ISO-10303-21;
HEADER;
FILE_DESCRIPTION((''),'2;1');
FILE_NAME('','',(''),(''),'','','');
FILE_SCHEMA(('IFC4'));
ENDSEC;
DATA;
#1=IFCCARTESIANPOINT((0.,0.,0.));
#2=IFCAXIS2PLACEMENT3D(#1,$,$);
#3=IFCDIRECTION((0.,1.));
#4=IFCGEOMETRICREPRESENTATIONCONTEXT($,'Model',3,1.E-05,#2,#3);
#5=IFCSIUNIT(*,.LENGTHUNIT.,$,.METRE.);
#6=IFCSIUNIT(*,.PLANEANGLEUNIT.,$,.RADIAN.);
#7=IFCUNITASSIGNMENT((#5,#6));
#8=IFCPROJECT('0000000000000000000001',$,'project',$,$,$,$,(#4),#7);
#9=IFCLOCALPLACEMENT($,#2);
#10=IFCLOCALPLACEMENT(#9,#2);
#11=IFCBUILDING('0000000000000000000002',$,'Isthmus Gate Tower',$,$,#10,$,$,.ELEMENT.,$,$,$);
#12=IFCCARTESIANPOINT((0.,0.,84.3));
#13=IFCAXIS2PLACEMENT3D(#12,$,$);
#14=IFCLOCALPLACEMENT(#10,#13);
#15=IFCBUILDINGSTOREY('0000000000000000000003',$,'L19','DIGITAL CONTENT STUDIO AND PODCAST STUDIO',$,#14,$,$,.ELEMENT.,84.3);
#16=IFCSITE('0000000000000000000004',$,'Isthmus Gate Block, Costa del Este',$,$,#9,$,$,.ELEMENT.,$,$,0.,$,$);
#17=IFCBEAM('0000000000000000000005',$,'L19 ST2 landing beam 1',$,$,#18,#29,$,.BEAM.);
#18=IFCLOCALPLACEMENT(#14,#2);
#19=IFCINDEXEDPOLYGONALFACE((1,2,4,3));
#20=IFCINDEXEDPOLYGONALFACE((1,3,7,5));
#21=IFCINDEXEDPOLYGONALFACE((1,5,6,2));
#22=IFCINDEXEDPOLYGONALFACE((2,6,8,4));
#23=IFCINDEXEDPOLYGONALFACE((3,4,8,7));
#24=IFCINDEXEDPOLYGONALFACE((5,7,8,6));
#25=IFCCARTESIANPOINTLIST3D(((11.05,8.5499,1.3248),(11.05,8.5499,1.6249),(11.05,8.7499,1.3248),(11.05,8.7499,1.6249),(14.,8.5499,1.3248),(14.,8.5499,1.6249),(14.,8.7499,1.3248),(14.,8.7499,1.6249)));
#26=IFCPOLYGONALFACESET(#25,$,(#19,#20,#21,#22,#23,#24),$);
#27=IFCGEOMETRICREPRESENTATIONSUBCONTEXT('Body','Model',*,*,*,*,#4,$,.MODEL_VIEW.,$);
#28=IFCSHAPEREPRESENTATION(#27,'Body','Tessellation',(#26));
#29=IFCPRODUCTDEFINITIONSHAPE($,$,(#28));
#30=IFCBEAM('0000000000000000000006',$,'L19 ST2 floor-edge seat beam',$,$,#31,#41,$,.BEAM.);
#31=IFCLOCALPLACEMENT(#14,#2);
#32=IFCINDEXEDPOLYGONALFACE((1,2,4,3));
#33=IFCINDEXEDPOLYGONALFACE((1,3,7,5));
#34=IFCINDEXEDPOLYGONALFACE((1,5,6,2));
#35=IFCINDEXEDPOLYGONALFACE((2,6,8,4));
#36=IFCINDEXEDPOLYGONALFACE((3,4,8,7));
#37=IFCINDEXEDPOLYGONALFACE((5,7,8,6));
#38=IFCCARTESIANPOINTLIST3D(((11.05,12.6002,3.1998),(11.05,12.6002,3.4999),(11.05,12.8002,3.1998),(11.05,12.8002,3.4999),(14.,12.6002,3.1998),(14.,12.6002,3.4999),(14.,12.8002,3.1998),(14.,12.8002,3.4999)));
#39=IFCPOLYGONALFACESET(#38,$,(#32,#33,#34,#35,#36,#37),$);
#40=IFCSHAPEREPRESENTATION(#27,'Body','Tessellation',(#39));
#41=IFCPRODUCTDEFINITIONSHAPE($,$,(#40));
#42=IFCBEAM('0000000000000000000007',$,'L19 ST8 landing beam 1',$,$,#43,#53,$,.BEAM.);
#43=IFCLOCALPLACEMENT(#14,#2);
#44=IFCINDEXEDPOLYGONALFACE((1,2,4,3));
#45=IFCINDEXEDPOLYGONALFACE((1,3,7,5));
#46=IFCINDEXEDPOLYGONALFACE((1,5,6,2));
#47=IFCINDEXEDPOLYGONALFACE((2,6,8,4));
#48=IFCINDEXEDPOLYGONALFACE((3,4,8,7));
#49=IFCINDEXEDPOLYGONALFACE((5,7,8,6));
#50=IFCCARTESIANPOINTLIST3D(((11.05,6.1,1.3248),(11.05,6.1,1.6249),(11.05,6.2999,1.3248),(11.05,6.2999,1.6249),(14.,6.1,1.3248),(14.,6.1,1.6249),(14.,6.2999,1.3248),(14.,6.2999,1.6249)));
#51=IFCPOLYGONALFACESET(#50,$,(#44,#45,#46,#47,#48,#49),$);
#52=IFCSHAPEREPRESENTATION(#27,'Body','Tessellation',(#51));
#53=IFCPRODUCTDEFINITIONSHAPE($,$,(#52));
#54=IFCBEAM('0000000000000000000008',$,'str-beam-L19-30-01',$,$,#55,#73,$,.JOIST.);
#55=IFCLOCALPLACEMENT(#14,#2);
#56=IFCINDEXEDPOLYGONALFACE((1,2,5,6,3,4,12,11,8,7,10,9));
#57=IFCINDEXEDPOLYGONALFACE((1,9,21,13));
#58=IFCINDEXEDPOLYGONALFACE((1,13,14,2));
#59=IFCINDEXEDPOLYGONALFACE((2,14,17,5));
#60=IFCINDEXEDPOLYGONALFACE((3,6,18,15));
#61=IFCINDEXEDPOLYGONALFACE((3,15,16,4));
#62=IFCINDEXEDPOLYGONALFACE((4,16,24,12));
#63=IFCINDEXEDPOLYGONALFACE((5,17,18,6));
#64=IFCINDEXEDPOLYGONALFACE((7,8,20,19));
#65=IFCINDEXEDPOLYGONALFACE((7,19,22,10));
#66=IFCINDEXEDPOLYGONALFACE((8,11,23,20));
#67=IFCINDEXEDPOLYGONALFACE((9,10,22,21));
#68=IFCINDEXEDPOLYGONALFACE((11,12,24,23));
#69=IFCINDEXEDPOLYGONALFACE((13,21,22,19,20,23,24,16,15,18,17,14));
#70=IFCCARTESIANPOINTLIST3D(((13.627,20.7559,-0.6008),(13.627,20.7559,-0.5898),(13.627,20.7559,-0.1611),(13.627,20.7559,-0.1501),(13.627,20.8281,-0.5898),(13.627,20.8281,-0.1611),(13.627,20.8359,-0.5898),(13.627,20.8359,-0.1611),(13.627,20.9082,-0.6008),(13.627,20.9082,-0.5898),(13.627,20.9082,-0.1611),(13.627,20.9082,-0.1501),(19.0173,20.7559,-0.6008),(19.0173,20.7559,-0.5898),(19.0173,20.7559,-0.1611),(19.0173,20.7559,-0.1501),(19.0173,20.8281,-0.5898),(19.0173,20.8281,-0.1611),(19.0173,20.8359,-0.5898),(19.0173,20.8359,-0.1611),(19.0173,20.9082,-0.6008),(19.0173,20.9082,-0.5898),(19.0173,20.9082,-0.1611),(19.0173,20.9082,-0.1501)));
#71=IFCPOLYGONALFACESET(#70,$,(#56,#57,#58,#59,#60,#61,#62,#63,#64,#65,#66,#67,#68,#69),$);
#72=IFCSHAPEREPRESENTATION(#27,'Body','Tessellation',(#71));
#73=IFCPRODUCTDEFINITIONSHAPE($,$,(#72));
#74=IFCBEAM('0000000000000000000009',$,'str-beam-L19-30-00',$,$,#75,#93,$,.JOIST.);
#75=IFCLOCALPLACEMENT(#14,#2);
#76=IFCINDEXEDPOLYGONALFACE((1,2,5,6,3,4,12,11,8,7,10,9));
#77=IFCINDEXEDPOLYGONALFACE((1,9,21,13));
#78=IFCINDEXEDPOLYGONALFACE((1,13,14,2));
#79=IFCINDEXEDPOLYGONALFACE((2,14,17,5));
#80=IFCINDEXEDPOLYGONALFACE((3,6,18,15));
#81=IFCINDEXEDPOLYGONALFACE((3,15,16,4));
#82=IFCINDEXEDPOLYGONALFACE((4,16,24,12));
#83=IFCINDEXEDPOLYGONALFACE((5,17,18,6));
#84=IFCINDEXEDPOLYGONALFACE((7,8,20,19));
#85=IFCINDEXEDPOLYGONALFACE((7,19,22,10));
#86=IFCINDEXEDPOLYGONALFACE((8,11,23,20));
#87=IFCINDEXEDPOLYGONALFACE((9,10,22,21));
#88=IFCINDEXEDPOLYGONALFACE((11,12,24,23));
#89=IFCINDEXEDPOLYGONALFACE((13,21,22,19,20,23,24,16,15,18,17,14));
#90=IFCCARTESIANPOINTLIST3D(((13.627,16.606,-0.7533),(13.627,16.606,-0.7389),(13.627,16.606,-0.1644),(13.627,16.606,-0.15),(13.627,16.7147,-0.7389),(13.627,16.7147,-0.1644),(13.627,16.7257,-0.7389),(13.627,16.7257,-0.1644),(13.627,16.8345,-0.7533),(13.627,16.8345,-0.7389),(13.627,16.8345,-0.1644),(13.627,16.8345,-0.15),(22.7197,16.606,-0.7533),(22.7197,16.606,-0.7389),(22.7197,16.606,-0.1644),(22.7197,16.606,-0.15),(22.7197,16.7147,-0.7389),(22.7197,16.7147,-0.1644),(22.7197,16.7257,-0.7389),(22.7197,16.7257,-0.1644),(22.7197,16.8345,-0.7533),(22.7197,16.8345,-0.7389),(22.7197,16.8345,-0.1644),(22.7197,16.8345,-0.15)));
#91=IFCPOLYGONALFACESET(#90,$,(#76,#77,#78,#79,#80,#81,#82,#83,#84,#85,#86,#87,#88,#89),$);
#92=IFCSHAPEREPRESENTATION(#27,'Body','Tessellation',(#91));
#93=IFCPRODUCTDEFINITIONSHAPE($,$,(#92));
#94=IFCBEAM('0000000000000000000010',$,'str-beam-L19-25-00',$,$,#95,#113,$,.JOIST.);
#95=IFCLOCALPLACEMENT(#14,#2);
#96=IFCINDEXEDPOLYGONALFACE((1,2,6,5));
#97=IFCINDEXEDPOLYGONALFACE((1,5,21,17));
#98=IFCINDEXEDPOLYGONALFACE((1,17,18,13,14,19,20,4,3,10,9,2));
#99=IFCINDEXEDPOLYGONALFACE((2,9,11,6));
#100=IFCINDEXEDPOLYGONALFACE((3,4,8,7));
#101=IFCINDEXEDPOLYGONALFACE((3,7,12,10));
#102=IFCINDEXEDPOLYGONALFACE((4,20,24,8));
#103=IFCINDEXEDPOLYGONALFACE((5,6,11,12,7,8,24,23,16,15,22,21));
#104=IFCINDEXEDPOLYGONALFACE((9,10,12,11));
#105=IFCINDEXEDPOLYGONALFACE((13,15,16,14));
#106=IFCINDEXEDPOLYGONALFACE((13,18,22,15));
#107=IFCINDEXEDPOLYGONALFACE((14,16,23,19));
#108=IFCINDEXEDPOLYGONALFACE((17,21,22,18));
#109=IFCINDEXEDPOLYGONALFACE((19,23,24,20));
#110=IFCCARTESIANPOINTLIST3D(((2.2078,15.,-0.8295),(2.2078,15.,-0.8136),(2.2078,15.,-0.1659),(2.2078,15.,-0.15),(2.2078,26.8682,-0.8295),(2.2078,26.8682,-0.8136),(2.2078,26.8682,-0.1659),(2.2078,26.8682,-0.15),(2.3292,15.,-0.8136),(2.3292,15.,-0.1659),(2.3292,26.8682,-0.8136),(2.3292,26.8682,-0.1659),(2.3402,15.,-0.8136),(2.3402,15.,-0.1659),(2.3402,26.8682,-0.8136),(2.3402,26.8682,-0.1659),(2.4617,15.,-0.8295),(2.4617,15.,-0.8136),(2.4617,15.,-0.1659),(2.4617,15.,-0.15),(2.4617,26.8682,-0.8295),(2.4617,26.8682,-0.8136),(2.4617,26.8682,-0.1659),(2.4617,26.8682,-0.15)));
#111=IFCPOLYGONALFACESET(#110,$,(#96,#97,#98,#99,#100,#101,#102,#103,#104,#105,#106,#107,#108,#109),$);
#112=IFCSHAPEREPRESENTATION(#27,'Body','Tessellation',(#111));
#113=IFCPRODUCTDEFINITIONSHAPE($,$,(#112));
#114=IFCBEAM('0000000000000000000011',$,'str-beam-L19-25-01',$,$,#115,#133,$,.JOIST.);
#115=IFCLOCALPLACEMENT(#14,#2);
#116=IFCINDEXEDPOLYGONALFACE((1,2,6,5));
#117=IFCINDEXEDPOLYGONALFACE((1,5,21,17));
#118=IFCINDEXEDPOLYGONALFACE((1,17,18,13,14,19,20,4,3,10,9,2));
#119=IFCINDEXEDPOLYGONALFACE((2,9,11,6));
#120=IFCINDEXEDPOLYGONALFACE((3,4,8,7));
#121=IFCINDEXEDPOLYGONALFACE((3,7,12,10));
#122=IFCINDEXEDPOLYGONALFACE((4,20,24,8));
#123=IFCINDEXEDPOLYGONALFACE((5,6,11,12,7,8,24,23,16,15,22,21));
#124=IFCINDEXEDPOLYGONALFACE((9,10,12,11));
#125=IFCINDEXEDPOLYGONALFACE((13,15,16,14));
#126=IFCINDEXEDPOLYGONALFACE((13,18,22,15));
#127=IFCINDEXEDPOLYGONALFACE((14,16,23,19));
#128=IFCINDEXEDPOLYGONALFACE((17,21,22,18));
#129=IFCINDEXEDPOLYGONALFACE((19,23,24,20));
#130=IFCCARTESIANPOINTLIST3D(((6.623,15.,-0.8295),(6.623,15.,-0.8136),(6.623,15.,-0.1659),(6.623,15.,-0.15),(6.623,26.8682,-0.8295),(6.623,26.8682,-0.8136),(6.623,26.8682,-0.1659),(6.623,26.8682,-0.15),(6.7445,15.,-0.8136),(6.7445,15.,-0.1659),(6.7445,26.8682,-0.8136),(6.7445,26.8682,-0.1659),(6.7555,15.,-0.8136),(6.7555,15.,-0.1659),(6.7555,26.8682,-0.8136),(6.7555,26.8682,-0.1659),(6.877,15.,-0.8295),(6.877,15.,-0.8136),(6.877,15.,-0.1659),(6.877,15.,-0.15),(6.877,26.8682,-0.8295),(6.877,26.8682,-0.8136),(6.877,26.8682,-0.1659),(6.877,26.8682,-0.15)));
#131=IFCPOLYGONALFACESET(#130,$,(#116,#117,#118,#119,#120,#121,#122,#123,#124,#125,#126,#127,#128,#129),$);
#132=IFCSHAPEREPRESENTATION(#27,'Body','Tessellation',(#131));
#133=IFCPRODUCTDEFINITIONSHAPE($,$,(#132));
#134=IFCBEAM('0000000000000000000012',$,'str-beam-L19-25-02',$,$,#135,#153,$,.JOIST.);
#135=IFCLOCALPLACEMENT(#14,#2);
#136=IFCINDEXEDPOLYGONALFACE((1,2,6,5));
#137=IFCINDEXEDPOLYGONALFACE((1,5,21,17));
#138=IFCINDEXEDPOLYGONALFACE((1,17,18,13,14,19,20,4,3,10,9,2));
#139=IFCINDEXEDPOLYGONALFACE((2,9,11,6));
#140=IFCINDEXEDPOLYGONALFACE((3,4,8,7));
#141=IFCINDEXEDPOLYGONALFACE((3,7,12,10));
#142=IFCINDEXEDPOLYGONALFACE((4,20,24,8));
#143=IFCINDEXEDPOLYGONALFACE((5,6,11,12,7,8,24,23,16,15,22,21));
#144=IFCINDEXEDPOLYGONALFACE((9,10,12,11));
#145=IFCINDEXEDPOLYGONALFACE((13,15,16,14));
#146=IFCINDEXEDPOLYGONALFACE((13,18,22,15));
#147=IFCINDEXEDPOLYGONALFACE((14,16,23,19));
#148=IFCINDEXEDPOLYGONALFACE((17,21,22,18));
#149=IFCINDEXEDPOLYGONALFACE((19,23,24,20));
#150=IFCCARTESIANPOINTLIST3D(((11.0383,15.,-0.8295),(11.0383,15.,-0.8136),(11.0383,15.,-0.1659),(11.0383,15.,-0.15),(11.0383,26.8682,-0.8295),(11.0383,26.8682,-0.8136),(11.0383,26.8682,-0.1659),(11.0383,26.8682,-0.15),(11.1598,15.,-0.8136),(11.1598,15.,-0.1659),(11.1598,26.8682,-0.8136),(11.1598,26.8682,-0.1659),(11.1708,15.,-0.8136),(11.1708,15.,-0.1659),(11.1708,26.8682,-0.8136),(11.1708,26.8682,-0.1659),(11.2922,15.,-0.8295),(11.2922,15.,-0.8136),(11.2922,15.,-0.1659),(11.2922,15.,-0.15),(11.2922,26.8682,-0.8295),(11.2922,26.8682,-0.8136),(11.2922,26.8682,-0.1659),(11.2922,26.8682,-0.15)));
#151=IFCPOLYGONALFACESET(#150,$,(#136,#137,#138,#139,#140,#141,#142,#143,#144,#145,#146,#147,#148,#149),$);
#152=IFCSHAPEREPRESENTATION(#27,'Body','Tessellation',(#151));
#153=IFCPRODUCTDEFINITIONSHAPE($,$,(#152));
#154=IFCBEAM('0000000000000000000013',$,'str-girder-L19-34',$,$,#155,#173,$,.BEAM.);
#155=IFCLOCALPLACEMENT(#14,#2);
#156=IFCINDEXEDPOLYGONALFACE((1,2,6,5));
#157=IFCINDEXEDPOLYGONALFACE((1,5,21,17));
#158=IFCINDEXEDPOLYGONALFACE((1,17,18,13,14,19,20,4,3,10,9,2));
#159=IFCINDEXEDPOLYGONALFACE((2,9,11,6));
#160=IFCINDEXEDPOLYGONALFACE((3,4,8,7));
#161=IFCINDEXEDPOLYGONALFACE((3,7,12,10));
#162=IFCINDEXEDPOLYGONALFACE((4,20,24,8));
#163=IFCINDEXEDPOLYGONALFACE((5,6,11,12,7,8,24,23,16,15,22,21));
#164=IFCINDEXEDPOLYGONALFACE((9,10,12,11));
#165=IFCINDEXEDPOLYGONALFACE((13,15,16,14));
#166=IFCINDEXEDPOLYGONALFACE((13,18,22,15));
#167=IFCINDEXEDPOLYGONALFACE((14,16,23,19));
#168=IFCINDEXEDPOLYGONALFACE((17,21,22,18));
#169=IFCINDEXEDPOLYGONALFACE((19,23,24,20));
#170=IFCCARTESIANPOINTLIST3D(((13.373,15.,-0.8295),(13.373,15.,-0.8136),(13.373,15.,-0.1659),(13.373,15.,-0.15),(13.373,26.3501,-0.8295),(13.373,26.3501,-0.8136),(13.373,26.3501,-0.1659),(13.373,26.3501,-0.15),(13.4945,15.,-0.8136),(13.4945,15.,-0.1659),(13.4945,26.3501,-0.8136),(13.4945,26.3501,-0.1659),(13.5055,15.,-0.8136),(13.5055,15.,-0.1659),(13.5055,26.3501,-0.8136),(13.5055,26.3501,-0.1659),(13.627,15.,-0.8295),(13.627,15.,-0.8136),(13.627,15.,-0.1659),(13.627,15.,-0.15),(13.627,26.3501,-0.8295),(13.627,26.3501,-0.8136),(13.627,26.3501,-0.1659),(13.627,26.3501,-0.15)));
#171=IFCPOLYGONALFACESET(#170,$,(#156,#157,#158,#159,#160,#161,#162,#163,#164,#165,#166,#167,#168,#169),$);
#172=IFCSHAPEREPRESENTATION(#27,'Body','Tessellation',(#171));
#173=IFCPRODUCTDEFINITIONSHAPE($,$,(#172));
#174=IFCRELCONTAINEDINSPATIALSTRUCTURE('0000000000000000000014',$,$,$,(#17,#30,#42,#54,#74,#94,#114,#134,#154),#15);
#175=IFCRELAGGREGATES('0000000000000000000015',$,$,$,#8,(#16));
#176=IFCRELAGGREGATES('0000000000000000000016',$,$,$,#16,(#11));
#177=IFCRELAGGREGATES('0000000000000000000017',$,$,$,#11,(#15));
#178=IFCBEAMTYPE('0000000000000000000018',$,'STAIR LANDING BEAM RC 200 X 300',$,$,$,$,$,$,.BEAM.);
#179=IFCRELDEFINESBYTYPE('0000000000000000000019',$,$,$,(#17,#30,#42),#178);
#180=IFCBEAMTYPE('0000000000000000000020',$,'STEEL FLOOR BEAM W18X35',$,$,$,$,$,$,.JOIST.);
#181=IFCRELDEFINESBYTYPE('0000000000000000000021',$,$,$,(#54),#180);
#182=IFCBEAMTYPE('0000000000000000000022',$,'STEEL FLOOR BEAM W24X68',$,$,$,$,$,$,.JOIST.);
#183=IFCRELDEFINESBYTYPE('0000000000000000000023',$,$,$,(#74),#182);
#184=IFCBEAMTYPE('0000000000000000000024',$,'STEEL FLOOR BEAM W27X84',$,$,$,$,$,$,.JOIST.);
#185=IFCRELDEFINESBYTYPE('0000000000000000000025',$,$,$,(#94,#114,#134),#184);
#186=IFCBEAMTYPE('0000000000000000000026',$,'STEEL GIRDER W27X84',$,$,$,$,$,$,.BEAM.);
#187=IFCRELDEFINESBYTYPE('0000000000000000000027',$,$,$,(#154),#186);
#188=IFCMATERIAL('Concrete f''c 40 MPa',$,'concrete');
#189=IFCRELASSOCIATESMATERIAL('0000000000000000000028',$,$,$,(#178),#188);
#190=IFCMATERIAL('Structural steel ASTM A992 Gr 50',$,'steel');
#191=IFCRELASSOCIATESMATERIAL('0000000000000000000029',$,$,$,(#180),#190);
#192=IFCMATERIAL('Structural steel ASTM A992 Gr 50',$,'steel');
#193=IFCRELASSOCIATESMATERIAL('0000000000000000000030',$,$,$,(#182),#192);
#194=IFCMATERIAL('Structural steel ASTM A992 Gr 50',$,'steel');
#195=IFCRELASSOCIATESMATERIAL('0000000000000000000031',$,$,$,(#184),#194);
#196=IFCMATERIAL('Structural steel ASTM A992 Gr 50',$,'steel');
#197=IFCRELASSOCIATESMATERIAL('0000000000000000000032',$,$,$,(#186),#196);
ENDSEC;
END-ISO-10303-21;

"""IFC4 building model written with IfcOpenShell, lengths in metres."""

from ifc_helpers import new_model, si_unit, direction, frame, origin, origin_2d, place, context, subcontext, project, spatial, rectangle, i_section, extrude, material, material_profile, profile_set, type_object, element, save


model = new_model("IFC4")

# Units and contexts
model_context = context("Model", 3, precision=1e-05, world=origin(), true_north=direction((0.0, 1.0)))
body_context = subcontext(model_context, "Body", "Model", "MODEL_VIEW")
ifc_project = project(units=[si_unit("LENGTHUNIT", "METRE"), si_unit("PLANEANGLEUNIT", "RADIAN")], contexts=[model_context])

# Site, building, storey
site_placement = place(None, origin())
site = spatial("IfcSite", under=ifc_project, at=site_placement, Name="Isthmus Gate Block, Costa del Este", CompositionType="ELEMENT", RefElevation=0.0)
building_placement = place(site_placement, origin())
building = spatial("IfcBuilding", under=site, at=building_placement, Name="Isthmus Gate Tower", CompositionType="ELEMENT")
storey_placement = place(building_placement, frame((0.0, 0.0, 84.3)))
storey = spatial("IfcBuildingStorey", under=building, at=storey_placement, Name="L19", Description="DIGITAL CONTENT STUDIO AND PODCAST STUDIO", CompositionType="ELEMENT", Elevation=84.3)

# Beams
ifc_material_1 = material(Name="Concrete f'c 40 MPa", Category="concrete")
ifc_material_profile_1 = material_profile(ifc_material_1, rectangle(XDim=0.2, YDim=0.3, at=origin_2d()), Name="STAIR LANDING BEAM RC 200 X 300")
ifc_profile_set_1 = profile_set([ifc_material_profile_1], Name="Concrete f'c 40 MPa")
beam_type_1 = type_object("IfcBeamType", Name="STAIR LANDING BEAM RC 200 X 300", PredefinedType="BEAM", material=ifc_profile_set_1)
for number, where, z_axis, x_axis, name in (
    (1, (11.05, 8.6499, 1.4749), (1.0, 0.0, 0.0), (0.0, 1.0, 0.0), "L19 ST2 landing beam 1"),
    (2, (11.05, 12.7002, 3.3499), (1.0, 0.0, 0.0), (0.0, 1.0, 0.0), "L19 ST2 floor-edge seat beam"),
    (3, (11.05, 6.2, 1.4749), (1.0, 0.0, 0.0), (0.0, 1.0, 0.0), "L19 ST8 landing beam 1"),
):
    element("IfcBeam", number, at=place(storey_placement, frame(where, z_axis=z_axis, x_axis=x_axis)), inside=storey, type_object=beam_type_1, Name=name, PredefinedType="BEAM", context=body_context, shape_type="SweptSolid", body=[
        extrude(rectangle(XDim=0.2, YDim=0.3, at=origin_2d()), origin(), (0.0, 0.0, 1.0), 2.95),
    ])
ifc_material_2 = material(Name="Structural steel ASTM A992 Gr 50", Category="steel")
ifc_material_profile_2 = material_profile(ifc_material_2, i_section(OverallWidth=0.1523, OverallDepth=0.4507, WebThickness=0.0078, FlangeThickness=0.011, at=origin_2d()), Name="W18X35")
ifc_profile_set_2 = profile_set([ifc_material_profile_2], Name="Structural steel ASTM A992 Gr 50")
beam_type_2 = type_object("IfcBeamType", Name="STEEL FLOOR BEAM W18X35", PredefinedType="JOIST", material=ifc_profile_set_2)
beam_1_placement = place(storey_placement, frame((13.627, 20.832, -0.3755), z_axis=(1.0, 0.0, 0.0), x_axis=(0.0, 1.0, 0.0)))
element("IfcBeam", 4, at=beam_1_placement, inside=storey, type_object=beam_type_2, Name="str-beam-L19-30-01", PredefinedType="JOIST", context=body_context, shape_type="SweptSolid", body=[
    extrude(i_section(OverallWidth=0.1523, OverallDepth=0.4507, WebThickness=0.0078, FlangeThickness=0.011, at=origin_2d()), origin(), (0.0, 0.0, 1.0), 5.3904),
])
ifc_material_3 = material(Name="Structural steel ASTM A992 Gr 50", Category="steel")
ifc_material_profile_3 = material_profile(ifc_material_3, i_section(OverallWidth=0.2285, OverallDepth=0.6033, WebThickness=0.011, FlangeThickness=0.0144, at=origin_2d()), Name="W24X68")
ifc_profile_set_3 = profile_set([ifc_material_profile_3], Name="Structural steel ASTM A992 Gr 50")
beam_type_3 = type_object("IfcBeamType", Name="STEEL FLOOR BEAM W24X68", PredefinedType="JOIST", material=ifc_profile_set_3)
beam_2_placement = place(storey_placement, frame((13.627, 16.7202, -0.4517), z_axis=(1.0, 0.0, 0.0), x_axis=(0.0, 1.0, 0.0)))
element("IfcBeam", 5, at=beam_2_placement, inside=storey, type_object=beam_type_3, Name="str-beam-L19-30-00", PredefinedType="JOIST", context=body_context, shape_type="SweptSolid", body=[
    extrude(i_section(OverallWidth=0.2285, OverallDepth=0.6033, WebThickness=0.011, FlangeThickness=0.0144, at=origin_2d()), origin(), (0.0, 0.0, 1.0), 9.0928),
])
ifc_material_4 = material(Name="Structural steel ASTM A992 Gr 50", Category="steel")
ifc_material_profile_4 = material_profile(ifc_material_4, i_section(OverallWidth=0.2539, OverallDepth=0.6794, WebThickness=0.011, FlangeThickness=0.0159, at=origin_2d()), Name="W27X84")
ifc_profile_set_4 = profile_set([ifc_material_profile_4], Name="Structural steel ASTM A992 Gr 50")
beam_type_4 = type_object("IfcBeamType", Name="STEEL FLOOR BEAM W27X84", PredefinedType="JOIST", material=ifc_profile_set_4)
for number, where, z_axis, x_axis, name in (
    (6, (2.3347, 15.0, -0.4897), (0.0, 1.0, 0.0), (-1.0, 0.0, 0.0), "str-beam-L19-25-00"),
    (7, (6.75, 15.0, -0.4897), (0.0, 1.0, 0.0), (-1.0, 0.0, 0.0), "str-beam-L19-25-01"),
    (8, (11.1653, 15.0, -0.4897), (0.0, 1.0, 0.0), (-1.0, 0.0, 0.0), "str-beam-L19-25-02"),
):
    element("IfcBeam", number, at=place(storey_placement, frame(where, z_axis=z_axis, x_axis=x_axis)), inside=storey, type_object=beam_type_4, Name=name, PredefinedType="JOIST", context=body_context, shape_type="SweptSolid", body=[
        extrude(i_section(OverallWidth=0.2539, OverallDepth=0.6794, WebThickness=0.011, FlangeThickness=0.0159, at=origin_2d()), origin(), (0.0, 0.0, 1.0), 11.8682),
    ])
ifc_material_5 = material(Name="Structural steel ASTM A992 Gr 50", Category="steel")
ifc_material_profile_5 = material_profile(ifc_material_5, i_section(OverallWidth=0.2539, OverallDepth=0.6794, WebThickness=0.011, FlangeThickness=0.0159, at=origin_2d()), Name="W27X84")
ifc_profile_set_5 = profile_set([ifc_material_profile_5], Name="Structural steel ASTM A992 Gr 50")
beam_type_5 = type_object("IfcBeamType", Name="STEEL GIRDER W27X84", PredefinedType="BEAM", material=ifc_profile_set_5)
beam_3_placement = place(storey_placement, frame((13.5, 15.0, -0.4897), z_axis=(0.0, 1.0, 0.0), x_axis=(-1.0, 0.0, 0.0)))
element("IfcBeam", 9, at=beam_3_placement, inside=storey, type_object=beam_type_5, Name="str-girder-L19-34", PredefinedType="BEAM", context=body_context, shape_type="SweptSolid", body=[
    extrude(i_section(OverallWidth=0.2539, OverallDepth=0.6794, WebThickness=0.011, FlangeThickness=0.0159, at=origin_2d()), origin(), (0.0, 0.0, 1.0), 11.3501),
])

save(model, "model.ifc")
